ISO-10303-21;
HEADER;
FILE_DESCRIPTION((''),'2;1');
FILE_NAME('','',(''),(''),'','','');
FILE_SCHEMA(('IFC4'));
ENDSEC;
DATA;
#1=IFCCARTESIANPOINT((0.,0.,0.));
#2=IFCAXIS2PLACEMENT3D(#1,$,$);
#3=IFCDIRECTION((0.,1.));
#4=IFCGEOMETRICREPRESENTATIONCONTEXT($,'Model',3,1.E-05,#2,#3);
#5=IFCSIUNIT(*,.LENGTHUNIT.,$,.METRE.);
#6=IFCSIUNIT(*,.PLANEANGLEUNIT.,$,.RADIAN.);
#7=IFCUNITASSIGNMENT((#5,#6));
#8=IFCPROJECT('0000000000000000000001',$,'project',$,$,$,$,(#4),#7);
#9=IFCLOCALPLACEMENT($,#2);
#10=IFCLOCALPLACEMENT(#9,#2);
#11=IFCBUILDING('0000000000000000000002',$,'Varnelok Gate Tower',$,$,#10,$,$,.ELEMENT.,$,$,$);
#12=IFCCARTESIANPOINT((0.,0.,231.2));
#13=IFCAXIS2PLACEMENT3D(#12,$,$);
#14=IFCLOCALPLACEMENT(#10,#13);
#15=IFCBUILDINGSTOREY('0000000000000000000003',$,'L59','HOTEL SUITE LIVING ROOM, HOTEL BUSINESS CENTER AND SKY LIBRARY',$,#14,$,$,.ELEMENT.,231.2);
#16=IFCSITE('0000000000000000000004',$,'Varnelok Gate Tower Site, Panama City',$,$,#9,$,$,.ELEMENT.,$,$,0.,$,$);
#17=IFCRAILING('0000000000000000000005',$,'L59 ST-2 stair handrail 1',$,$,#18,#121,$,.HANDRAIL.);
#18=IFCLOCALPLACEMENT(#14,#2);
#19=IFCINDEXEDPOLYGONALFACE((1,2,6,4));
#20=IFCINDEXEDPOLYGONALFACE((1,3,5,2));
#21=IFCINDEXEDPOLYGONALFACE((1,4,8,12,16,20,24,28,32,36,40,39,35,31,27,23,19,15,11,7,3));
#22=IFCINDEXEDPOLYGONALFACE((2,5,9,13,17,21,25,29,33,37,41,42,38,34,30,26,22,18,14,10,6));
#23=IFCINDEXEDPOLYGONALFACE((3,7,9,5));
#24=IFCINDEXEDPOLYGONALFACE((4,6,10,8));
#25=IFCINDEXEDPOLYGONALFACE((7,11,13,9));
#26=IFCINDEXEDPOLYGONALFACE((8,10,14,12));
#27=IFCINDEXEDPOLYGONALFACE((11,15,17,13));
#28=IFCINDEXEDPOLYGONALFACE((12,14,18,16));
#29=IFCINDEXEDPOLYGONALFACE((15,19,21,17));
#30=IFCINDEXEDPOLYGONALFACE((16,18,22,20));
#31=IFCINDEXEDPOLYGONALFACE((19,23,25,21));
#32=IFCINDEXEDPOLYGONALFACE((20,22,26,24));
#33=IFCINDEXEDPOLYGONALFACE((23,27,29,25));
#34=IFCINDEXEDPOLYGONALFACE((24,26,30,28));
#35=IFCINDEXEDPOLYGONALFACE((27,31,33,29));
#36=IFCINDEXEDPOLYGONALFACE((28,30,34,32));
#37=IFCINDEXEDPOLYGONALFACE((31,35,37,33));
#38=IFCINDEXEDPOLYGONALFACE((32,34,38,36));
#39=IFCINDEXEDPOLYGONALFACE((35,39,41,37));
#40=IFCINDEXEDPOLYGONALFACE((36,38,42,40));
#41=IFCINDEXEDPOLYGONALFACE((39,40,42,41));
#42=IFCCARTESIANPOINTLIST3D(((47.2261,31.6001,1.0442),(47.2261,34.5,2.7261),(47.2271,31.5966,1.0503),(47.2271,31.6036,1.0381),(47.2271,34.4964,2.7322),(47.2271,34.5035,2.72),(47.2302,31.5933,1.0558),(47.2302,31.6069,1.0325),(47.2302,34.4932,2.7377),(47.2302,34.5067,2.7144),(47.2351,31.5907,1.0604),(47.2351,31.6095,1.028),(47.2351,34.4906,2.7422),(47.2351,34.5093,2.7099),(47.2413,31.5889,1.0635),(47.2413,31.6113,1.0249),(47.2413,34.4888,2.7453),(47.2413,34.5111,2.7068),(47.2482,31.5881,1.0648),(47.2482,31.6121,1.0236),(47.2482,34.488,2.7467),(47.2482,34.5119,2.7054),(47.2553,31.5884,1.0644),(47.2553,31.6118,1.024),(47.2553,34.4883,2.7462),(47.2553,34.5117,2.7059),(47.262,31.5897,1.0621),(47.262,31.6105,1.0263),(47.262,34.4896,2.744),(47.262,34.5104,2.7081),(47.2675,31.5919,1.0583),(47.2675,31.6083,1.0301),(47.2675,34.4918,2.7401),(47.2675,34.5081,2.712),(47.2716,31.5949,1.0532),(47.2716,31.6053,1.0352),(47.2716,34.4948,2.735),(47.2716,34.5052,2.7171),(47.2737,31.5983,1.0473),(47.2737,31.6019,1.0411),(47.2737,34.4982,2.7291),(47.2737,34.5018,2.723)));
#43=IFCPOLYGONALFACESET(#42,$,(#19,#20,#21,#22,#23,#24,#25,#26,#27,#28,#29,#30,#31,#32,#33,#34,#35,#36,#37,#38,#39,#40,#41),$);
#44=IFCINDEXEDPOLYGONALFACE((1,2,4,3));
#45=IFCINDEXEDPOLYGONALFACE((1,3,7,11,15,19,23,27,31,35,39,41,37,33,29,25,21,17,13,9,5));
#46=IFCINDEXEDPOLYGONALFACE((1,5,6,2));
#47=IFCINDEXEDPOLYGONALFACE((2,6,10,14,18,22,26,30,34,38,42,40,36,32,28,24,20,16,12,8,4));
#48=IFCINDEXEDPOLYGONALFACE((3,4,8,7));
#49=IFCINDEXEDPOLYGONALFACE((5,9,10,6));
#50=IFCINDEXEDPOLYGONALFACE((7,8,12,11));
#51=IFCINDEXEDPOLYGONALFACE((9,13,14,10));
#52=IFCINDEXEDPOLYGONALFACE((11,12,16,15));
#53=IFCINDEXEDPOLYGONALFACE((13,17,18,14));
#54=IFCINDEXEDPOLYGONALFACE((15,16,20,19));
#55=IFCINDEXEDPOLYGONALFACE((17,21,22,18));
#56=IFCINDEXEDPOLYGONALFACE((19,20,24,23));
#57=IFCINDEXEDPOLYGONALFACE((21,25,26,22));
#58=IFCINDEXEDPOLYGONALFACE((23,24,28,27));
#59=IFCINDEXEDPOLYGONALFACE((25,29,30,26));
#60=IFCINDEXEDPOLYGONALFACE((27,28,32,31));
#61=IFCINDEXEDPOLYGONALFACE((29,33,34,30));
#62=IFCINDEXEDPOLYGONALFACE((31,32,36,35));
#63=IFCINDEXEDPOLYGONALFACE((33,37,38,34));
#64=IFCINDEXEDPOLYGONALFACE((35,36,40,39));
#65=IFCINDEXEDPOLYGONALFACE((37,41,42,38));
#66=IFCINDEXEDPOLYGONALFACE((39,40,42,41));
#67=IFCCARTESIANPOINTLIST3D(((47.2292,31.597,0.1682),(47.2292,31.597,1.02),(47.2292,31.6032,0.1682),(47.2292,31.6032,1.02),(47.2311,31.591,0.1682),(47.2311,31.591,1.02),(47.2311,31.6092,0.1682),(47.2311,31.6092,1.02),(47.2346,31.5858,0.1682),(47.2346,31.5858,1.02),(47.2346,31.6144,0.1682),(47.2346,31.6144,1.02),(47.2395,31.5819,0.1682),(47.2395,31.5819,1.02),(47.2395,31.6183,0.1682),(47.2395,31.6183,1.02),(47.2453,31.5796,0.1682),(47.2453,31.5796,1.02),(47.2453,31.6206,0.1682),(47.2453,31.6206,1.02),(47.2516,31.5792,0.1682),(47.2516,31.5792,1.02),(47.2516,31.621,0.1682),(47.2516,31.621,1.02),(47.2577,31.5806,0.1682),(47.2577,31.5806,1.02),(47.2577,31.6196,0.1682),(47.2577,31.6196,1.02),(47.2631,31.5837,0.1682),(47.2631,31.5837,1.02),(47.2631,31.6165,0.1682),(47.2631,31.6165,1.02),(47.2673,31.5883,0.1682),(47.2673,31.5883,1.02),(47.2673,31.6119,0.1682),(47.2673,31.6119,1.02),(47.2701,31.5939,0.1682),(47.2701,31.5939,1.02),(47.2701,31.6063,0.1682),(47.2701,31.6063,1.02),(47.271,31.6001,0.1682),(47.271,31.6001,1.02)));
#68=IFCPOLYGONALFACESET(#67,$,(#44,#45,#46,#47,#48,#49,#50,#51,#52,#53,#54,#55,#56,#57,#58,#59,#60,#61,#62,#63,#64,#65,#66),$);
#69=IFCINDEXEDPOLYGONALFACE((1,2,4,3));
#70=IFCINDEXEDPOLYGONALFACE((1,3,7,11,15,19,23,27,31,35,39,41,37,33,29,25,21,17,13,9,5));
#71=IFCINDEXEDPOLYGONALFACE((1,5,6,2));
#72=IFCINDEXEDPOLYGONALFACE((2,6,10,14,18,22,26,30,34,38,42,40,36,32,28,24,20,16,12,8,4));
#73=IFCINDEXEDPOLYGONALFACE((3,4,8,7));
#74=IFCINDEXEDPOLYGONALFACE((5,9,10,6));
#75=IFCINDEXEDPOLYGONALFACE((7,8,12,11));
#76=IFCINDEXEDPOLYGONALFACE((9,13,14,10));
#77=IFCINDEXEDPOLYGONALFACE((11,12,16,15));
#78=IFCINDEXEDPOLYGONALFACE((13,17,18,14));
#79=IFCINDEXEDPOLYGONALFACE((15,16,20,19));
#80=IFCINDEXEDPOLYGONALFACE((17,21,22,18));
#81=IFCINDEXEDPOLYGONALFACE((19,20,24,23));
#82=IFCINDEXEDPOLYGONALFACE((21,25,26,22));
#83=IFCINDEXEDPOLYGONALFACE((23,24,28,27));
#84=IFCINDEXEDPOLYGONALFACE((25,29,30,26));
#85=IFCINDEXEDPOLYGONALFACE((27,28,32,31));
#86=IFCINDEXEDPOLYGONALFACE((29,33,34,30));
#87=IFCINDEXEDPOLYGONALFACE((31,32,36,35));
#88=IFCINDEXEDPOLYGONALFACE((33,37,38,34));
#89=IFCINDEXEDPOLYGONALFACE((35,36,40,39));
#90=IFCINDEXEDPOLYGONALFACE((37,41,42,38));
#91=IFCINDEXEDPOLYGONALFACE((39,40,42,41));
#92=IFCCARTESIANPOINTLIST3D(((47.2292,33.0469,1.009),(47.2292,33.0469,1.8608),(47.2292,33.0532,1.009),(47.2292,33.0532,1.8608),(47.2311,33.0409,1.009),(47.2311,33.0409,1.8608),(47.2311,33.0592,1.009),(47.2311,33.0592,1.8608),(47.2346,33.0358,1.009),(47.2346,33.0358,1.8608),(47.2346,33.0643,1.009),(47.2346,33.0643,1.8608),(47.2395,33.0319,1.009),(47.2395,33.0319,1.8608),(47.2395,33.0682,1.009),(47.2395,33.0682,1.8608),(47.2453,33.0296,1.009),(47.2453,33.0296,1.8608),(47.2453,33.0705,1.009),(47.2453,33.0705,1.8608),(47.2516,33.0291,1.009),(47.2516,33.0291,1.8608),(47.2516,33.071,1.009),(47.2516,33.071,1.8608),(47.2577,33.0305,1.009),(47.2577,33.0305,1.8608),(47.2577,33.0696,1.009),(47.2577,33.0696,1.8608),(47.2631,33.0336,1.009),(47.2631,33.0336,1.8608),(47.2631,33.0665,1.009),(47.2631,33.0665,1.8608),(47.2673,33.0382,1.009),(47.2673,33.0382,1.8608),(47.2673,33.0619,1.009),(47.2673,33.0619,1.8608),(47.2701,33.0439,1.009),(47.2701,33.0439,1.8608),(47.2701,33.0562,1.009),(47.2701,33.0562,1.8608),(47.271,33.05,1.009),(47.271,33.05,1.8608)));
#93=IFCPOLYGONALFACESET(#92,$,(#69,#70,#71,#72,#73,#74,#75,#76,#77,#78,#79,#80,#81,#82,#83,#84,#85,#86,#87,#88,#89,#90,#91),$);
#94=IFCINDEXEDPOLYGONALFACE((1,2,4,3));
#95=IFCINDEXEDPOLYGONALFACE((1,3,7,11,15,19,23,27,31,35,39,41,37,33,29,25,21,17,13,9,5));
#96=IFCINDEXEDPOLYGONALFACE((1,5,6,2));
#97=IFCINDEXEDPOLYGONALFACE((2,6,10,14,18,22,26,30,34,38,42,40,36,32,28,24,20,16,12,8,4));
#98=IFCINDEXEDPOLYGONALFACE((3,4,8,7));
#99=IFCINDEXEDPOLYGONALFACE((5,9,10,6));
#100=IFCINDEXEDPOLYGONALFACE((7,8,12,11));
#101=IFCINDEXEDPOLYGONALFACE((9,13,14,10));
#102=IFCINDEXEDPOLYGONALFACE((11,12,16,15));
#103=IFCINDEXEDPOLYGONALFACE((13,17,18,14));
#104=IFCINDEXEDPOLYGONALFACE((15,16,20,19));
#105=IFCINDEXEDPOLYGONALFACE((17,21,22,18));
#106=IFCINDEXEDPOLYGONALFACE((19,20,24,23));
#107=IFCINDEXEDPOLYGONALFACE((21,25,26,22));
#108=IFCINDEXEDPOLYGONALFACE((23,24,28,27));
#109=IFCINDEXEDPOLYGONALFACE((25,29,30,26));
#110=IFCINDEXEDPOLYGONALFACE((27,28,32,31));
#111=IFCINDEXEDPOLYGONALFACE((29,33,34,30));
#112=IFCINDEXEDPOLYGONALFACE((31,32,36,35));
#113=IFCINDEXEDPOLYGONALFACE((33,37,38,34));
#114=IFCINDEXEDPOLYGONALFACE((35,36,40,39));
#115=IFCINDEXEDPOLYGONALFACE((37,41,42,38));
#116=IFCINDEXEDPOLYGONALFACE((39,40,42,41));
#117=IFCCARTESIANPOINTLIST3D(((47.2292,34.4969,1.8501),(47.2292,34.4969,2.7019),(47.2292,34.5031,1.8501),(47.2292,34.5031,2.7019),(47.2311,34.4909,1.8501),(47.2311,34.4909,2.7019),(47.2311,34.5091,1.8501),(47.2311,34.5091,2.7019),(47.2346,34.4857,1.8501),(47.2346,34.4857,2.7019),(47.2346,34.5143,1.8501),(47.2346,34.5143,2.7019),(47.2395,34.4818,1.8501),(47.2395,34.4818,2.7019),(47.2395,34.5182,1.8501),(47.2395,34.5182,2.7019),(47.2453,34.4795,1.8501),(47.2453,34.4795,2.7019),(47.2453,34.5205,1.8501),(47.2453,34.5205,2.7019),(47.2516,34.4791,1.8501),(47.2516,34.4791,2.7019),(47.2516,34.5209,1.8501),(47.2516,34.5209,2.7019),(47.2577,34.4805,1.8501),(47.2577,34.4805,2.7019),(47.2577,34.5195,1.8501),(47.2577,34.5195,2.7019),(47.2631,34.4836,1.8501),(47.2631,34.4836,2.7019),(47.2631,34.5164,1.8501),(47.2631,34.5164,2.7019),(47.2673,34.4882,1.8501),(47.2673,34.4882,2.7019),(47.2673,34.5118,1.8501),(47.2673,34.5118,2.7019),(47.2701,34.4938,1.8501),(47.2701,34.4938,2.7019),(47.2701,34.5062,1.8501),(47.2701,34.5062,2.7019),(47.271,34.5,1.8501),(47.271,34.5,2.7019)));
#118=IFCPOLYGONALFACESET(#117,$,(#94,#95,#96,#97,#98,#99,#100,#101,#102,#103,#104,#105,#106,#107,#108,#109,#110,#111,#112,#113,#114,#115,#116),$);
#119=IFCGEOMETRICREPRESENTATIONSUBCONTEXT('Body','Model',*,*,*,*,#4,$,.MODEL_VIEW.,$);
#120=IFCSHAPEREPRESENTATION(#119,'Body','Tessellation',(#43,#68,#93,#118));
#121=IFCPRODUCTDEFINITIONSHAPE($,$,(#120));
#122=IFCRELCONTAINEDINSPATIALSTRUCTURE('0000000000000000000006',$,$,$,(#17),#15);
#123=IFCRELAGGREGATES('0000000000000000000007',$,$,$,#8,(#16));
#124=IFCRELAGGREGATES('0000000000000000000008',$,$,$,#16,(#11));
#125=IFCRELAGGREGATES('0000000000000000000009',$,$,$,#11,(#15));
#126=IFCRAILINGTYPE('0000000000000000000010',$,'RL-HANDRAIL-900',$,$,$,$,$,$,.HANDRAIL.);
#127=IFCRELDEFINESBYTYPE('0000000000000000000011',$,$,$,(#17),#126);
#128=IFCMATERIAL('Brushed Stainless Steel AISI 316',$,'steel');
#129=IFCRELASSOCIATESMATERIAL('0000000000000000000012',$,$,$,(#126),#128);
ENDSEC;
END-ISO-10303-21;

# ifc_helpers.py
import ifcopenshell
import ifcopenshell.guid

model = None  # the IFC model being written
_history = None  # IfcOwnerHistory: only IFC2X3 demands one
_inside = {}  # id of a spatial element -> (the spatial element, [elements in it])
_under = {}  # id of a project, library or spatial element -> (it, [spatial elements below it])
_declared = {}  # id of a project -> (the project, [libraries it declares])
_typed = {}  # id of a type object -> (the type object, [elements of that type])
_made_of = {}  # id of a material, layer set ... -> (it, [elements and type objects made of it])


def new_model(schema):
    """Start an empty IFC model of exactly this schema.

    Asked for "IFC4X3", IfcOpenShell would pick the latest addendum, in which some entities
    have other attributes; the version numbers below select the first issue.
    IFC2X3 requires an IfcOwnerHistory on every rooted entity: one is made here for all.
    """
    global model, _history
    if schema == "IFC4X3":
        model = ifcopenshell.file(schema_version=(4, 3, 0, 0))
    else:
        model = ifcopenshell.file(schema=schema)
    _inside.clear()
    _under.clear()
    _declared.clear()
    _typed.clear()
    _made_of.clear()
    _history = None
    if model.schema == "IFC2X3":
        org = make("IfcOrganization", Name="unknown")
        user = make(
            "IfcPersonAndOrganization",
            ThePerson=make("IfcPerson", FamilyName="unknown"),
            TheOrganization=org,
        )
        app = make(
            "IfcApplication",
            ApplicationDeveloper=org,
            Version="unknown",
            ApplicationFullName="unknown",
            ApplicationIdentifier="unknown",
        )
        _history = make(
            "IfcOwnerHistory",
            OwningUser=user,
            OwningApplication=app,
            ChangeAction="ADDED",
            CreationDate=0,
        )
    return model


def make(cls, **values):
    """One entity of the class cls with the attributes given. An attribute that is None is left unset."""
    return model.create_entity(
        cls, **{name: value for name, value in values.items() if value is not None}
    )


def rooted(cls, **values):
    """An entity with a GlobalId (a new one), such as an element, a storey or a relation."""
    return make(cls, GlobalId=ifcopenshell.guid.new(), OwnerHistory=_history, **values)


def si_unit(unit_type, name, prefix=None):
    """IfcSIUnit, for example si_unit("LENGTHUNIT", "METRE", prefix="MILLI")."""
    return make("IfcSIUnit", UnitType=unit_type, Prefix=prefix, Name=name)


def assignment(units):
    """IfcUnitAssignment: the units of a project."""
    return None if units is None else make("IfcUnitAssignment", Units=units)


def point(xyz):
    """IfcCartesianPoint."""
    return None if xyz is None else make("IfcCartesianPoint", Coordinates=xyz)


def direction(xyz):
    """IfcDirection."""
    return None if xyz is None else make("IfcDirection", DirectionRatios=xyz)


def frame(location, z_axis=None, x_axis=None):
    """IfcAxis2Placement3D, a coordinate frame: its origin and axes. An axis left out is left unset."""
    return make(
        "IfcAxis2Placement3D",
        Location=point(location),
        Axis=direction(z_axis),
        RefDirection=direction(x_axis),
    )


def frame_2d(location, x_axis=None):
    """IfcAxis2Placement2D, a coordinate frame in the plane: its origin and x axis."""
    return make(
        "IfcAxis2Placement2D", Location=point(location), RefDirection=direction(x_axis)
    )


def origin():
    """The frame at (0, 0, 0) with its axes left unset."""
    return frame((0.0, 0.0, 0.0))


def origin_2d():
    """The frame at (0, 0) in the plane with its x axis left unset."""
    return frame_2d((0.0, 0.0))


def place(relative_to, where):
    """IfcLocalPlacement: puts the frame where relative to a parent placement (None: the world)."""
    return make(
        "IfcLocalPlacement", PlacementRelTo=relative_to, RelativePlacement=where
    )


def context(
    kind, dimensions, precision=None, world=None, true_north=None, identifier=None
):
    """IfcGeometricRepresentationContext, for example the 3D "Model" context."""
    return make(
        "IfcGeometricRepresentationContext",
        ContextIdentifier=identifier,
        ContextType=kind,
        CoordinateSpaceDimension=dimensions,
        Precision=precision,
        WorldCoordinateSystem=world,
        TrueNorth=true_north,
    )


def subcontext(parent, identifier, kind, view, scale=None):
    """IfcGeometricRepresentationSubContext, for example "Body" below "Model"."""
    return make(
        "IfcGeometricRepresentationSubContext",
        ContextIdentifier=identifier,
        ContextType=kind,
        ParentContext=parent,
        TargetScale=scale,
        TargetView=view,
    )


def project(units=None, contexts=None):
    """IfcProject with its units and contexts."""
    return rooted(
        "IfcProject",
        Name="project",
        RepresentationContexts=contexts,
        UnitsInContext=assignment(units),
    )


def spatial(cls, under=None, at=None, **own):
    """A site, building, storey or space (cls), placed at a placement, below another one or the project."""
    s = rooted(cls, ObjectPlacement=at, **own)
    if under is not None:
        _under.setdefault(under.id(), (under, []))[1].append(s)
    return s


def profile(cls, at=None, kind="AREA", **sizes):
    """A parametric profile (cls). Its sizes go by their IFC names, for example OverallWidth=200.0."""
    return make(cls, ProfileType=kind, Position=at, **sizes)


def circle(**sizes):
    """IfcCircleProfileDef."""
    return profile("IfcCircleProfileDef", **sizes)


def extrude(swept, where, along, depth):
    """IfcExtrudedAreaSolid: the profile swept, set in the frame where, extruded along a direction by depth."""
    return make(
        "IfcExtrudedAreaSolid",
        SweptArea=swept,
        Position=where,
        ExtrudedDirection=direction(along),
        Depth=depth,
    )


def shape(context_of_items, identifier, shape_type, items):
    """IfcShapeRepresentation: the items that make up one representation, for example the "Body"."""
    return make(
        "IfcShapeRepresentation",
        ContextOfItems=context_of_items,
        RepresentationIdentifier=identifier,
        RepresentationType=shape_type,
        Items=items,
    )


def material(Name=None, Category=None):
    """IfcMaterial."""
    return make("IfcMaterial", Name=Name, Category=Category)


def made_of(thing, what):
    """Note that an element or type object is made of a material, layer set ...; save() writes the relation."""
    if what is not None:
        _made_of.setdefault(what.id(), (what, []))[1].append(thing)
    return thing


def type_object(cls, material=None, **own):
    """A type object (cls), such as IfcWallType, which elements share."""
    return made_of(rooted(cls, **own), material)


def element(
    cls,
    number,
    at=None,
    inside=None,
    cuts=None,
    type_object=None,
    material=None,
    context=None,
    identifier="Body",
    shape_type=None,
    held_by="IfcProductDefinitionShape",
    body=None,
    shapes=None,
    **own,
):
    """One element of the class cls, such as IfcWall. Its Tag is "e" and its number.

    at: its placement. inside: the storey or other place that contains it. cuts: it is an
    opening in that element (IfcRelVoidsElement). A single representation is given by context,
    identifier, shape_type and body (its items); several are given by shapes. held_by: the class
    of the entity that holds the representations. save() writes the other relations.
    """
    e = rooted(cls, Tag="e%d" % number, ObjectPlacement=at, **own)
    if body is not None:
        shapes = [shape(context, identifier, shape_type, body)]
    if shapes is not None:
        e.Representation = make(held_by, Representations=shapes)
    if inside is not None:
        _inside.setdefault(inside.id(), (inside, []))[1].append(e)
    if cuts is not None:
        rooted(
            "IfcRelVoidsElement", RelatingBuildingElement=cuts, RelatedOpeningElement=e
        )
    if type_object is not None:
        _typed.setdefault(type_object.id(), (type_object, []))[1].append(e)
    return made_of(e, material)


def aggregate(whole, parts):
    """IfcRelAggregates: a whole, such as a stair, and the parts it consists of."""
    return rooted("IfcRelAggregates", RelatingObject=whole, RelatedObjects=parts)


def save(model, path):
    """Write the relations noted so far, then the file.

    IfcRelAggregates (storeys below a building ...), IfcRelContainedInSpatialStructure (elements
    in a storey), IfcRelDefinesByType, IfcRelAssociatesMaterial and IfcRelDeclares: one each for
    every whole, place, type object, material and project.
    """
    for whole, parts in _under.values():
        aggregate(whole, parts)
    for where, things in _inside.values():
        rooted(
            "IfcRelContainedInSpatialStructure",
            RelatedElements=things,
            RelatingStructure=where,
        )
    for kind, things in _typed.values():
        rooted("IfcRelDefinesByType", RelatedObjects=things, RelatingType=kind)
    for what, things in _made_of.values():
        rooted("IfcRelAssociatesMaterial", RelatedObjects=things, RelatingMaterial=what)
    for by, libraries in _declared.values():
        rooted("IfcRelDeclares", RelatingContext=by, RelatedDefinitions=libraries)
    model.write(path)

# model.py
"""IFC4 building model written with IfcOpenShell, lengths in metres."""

from ifc_helpers import new_model, si_unit, direction, frame, origin, origin_2d, place, context, subcontext, project, spatial, circle, extrude, material, type_object, element, save


model = new_model("IFC4")

# Units and contexts
model_context = context("Model", 3, precision=1e-05, world=origin(), true_north=direction((0.0, 1.0)))
body_context = subcontext(model_context, "Body", "Model", "MODEL_VIEW")
ifc_project = project(units=[si_unit("LENGTHUNIT", "METRE"), si_unit("PLANEANGLEUNIT", "RADIAN")], contexts=[model_context])

# Site, building, storey
site_placement = place(None, origin())
site = spatial("IfcSite", under=ifc_project, at=site_placement, Name="Varnelok Gate Tower Site, Panama City", CompositionType="ELEMENT", RefElevation=0.0)
building_placement = place(site_placement, origin())
building = spatial("IfcBuilding", under=site, at=building_placement, Name="Varnelok Gate Tower", CompositionType="ELEMENT")
storey_placement = place(building_placement, frame((0.0, 0.0, 231.2)))
storey = spatial("IfcBuildingStorey", under=building, at=storey_placement, Name="L59", Description="HOTEL SUITE LIVING ROOM, HOTEL BUSINESS CENTER AND SKY LIBRARY", CompositionType="ELEMENT", Elevation=231.2)

# Railing
ifc_material_1 = material(Name="Brushed Stainless Steel AISI 316", Category="steel")
railing_type_1 = type_object("IfcRailingType", Name="RL-HANDRAIL-900", PredefinedType="HANDRAIL", material=ifc_material_1)
railing_1_placement = place(storey_placement, frame((47.25, 31.6001, 0.1682)))
element("IfcRailing", 1, at=railing_1_placement, inside=storey, type_object=railing_type_1, Name="L59 ST-2 stair handrail 1", PredefinedType="HANDRAIL", context=body_context, shape_type="SweptSolid", body=[
    extrude(circle(Radius=0.0239, at=origin_2d()), frame((0.0, 0.0, 0.876), z_axis=(0.0, 0.865039, 0.501705), x_axis=(-1.0, 0.0, 0.0)), (0.0, 0.0, 1.0), 3.3523),
    extrude(circle(Radius=0.021, at=origin_2d()), origin(), (0.0, 0.0, 1.0), 0.8518),
    extrude(circle(Radius=0.021, at=origin_2d()), frame((0.0, 1.45, 0.8408)), (0.0, 0.0, 1.0), 0.8518),
    extrude(circle(Radius=0.021, at=origin_2d()), frame((0.0, 2.8999, 1.6819)), (0.0, 0.0, 1.0), 0.8518),
])

save(model, "model.ifc")
